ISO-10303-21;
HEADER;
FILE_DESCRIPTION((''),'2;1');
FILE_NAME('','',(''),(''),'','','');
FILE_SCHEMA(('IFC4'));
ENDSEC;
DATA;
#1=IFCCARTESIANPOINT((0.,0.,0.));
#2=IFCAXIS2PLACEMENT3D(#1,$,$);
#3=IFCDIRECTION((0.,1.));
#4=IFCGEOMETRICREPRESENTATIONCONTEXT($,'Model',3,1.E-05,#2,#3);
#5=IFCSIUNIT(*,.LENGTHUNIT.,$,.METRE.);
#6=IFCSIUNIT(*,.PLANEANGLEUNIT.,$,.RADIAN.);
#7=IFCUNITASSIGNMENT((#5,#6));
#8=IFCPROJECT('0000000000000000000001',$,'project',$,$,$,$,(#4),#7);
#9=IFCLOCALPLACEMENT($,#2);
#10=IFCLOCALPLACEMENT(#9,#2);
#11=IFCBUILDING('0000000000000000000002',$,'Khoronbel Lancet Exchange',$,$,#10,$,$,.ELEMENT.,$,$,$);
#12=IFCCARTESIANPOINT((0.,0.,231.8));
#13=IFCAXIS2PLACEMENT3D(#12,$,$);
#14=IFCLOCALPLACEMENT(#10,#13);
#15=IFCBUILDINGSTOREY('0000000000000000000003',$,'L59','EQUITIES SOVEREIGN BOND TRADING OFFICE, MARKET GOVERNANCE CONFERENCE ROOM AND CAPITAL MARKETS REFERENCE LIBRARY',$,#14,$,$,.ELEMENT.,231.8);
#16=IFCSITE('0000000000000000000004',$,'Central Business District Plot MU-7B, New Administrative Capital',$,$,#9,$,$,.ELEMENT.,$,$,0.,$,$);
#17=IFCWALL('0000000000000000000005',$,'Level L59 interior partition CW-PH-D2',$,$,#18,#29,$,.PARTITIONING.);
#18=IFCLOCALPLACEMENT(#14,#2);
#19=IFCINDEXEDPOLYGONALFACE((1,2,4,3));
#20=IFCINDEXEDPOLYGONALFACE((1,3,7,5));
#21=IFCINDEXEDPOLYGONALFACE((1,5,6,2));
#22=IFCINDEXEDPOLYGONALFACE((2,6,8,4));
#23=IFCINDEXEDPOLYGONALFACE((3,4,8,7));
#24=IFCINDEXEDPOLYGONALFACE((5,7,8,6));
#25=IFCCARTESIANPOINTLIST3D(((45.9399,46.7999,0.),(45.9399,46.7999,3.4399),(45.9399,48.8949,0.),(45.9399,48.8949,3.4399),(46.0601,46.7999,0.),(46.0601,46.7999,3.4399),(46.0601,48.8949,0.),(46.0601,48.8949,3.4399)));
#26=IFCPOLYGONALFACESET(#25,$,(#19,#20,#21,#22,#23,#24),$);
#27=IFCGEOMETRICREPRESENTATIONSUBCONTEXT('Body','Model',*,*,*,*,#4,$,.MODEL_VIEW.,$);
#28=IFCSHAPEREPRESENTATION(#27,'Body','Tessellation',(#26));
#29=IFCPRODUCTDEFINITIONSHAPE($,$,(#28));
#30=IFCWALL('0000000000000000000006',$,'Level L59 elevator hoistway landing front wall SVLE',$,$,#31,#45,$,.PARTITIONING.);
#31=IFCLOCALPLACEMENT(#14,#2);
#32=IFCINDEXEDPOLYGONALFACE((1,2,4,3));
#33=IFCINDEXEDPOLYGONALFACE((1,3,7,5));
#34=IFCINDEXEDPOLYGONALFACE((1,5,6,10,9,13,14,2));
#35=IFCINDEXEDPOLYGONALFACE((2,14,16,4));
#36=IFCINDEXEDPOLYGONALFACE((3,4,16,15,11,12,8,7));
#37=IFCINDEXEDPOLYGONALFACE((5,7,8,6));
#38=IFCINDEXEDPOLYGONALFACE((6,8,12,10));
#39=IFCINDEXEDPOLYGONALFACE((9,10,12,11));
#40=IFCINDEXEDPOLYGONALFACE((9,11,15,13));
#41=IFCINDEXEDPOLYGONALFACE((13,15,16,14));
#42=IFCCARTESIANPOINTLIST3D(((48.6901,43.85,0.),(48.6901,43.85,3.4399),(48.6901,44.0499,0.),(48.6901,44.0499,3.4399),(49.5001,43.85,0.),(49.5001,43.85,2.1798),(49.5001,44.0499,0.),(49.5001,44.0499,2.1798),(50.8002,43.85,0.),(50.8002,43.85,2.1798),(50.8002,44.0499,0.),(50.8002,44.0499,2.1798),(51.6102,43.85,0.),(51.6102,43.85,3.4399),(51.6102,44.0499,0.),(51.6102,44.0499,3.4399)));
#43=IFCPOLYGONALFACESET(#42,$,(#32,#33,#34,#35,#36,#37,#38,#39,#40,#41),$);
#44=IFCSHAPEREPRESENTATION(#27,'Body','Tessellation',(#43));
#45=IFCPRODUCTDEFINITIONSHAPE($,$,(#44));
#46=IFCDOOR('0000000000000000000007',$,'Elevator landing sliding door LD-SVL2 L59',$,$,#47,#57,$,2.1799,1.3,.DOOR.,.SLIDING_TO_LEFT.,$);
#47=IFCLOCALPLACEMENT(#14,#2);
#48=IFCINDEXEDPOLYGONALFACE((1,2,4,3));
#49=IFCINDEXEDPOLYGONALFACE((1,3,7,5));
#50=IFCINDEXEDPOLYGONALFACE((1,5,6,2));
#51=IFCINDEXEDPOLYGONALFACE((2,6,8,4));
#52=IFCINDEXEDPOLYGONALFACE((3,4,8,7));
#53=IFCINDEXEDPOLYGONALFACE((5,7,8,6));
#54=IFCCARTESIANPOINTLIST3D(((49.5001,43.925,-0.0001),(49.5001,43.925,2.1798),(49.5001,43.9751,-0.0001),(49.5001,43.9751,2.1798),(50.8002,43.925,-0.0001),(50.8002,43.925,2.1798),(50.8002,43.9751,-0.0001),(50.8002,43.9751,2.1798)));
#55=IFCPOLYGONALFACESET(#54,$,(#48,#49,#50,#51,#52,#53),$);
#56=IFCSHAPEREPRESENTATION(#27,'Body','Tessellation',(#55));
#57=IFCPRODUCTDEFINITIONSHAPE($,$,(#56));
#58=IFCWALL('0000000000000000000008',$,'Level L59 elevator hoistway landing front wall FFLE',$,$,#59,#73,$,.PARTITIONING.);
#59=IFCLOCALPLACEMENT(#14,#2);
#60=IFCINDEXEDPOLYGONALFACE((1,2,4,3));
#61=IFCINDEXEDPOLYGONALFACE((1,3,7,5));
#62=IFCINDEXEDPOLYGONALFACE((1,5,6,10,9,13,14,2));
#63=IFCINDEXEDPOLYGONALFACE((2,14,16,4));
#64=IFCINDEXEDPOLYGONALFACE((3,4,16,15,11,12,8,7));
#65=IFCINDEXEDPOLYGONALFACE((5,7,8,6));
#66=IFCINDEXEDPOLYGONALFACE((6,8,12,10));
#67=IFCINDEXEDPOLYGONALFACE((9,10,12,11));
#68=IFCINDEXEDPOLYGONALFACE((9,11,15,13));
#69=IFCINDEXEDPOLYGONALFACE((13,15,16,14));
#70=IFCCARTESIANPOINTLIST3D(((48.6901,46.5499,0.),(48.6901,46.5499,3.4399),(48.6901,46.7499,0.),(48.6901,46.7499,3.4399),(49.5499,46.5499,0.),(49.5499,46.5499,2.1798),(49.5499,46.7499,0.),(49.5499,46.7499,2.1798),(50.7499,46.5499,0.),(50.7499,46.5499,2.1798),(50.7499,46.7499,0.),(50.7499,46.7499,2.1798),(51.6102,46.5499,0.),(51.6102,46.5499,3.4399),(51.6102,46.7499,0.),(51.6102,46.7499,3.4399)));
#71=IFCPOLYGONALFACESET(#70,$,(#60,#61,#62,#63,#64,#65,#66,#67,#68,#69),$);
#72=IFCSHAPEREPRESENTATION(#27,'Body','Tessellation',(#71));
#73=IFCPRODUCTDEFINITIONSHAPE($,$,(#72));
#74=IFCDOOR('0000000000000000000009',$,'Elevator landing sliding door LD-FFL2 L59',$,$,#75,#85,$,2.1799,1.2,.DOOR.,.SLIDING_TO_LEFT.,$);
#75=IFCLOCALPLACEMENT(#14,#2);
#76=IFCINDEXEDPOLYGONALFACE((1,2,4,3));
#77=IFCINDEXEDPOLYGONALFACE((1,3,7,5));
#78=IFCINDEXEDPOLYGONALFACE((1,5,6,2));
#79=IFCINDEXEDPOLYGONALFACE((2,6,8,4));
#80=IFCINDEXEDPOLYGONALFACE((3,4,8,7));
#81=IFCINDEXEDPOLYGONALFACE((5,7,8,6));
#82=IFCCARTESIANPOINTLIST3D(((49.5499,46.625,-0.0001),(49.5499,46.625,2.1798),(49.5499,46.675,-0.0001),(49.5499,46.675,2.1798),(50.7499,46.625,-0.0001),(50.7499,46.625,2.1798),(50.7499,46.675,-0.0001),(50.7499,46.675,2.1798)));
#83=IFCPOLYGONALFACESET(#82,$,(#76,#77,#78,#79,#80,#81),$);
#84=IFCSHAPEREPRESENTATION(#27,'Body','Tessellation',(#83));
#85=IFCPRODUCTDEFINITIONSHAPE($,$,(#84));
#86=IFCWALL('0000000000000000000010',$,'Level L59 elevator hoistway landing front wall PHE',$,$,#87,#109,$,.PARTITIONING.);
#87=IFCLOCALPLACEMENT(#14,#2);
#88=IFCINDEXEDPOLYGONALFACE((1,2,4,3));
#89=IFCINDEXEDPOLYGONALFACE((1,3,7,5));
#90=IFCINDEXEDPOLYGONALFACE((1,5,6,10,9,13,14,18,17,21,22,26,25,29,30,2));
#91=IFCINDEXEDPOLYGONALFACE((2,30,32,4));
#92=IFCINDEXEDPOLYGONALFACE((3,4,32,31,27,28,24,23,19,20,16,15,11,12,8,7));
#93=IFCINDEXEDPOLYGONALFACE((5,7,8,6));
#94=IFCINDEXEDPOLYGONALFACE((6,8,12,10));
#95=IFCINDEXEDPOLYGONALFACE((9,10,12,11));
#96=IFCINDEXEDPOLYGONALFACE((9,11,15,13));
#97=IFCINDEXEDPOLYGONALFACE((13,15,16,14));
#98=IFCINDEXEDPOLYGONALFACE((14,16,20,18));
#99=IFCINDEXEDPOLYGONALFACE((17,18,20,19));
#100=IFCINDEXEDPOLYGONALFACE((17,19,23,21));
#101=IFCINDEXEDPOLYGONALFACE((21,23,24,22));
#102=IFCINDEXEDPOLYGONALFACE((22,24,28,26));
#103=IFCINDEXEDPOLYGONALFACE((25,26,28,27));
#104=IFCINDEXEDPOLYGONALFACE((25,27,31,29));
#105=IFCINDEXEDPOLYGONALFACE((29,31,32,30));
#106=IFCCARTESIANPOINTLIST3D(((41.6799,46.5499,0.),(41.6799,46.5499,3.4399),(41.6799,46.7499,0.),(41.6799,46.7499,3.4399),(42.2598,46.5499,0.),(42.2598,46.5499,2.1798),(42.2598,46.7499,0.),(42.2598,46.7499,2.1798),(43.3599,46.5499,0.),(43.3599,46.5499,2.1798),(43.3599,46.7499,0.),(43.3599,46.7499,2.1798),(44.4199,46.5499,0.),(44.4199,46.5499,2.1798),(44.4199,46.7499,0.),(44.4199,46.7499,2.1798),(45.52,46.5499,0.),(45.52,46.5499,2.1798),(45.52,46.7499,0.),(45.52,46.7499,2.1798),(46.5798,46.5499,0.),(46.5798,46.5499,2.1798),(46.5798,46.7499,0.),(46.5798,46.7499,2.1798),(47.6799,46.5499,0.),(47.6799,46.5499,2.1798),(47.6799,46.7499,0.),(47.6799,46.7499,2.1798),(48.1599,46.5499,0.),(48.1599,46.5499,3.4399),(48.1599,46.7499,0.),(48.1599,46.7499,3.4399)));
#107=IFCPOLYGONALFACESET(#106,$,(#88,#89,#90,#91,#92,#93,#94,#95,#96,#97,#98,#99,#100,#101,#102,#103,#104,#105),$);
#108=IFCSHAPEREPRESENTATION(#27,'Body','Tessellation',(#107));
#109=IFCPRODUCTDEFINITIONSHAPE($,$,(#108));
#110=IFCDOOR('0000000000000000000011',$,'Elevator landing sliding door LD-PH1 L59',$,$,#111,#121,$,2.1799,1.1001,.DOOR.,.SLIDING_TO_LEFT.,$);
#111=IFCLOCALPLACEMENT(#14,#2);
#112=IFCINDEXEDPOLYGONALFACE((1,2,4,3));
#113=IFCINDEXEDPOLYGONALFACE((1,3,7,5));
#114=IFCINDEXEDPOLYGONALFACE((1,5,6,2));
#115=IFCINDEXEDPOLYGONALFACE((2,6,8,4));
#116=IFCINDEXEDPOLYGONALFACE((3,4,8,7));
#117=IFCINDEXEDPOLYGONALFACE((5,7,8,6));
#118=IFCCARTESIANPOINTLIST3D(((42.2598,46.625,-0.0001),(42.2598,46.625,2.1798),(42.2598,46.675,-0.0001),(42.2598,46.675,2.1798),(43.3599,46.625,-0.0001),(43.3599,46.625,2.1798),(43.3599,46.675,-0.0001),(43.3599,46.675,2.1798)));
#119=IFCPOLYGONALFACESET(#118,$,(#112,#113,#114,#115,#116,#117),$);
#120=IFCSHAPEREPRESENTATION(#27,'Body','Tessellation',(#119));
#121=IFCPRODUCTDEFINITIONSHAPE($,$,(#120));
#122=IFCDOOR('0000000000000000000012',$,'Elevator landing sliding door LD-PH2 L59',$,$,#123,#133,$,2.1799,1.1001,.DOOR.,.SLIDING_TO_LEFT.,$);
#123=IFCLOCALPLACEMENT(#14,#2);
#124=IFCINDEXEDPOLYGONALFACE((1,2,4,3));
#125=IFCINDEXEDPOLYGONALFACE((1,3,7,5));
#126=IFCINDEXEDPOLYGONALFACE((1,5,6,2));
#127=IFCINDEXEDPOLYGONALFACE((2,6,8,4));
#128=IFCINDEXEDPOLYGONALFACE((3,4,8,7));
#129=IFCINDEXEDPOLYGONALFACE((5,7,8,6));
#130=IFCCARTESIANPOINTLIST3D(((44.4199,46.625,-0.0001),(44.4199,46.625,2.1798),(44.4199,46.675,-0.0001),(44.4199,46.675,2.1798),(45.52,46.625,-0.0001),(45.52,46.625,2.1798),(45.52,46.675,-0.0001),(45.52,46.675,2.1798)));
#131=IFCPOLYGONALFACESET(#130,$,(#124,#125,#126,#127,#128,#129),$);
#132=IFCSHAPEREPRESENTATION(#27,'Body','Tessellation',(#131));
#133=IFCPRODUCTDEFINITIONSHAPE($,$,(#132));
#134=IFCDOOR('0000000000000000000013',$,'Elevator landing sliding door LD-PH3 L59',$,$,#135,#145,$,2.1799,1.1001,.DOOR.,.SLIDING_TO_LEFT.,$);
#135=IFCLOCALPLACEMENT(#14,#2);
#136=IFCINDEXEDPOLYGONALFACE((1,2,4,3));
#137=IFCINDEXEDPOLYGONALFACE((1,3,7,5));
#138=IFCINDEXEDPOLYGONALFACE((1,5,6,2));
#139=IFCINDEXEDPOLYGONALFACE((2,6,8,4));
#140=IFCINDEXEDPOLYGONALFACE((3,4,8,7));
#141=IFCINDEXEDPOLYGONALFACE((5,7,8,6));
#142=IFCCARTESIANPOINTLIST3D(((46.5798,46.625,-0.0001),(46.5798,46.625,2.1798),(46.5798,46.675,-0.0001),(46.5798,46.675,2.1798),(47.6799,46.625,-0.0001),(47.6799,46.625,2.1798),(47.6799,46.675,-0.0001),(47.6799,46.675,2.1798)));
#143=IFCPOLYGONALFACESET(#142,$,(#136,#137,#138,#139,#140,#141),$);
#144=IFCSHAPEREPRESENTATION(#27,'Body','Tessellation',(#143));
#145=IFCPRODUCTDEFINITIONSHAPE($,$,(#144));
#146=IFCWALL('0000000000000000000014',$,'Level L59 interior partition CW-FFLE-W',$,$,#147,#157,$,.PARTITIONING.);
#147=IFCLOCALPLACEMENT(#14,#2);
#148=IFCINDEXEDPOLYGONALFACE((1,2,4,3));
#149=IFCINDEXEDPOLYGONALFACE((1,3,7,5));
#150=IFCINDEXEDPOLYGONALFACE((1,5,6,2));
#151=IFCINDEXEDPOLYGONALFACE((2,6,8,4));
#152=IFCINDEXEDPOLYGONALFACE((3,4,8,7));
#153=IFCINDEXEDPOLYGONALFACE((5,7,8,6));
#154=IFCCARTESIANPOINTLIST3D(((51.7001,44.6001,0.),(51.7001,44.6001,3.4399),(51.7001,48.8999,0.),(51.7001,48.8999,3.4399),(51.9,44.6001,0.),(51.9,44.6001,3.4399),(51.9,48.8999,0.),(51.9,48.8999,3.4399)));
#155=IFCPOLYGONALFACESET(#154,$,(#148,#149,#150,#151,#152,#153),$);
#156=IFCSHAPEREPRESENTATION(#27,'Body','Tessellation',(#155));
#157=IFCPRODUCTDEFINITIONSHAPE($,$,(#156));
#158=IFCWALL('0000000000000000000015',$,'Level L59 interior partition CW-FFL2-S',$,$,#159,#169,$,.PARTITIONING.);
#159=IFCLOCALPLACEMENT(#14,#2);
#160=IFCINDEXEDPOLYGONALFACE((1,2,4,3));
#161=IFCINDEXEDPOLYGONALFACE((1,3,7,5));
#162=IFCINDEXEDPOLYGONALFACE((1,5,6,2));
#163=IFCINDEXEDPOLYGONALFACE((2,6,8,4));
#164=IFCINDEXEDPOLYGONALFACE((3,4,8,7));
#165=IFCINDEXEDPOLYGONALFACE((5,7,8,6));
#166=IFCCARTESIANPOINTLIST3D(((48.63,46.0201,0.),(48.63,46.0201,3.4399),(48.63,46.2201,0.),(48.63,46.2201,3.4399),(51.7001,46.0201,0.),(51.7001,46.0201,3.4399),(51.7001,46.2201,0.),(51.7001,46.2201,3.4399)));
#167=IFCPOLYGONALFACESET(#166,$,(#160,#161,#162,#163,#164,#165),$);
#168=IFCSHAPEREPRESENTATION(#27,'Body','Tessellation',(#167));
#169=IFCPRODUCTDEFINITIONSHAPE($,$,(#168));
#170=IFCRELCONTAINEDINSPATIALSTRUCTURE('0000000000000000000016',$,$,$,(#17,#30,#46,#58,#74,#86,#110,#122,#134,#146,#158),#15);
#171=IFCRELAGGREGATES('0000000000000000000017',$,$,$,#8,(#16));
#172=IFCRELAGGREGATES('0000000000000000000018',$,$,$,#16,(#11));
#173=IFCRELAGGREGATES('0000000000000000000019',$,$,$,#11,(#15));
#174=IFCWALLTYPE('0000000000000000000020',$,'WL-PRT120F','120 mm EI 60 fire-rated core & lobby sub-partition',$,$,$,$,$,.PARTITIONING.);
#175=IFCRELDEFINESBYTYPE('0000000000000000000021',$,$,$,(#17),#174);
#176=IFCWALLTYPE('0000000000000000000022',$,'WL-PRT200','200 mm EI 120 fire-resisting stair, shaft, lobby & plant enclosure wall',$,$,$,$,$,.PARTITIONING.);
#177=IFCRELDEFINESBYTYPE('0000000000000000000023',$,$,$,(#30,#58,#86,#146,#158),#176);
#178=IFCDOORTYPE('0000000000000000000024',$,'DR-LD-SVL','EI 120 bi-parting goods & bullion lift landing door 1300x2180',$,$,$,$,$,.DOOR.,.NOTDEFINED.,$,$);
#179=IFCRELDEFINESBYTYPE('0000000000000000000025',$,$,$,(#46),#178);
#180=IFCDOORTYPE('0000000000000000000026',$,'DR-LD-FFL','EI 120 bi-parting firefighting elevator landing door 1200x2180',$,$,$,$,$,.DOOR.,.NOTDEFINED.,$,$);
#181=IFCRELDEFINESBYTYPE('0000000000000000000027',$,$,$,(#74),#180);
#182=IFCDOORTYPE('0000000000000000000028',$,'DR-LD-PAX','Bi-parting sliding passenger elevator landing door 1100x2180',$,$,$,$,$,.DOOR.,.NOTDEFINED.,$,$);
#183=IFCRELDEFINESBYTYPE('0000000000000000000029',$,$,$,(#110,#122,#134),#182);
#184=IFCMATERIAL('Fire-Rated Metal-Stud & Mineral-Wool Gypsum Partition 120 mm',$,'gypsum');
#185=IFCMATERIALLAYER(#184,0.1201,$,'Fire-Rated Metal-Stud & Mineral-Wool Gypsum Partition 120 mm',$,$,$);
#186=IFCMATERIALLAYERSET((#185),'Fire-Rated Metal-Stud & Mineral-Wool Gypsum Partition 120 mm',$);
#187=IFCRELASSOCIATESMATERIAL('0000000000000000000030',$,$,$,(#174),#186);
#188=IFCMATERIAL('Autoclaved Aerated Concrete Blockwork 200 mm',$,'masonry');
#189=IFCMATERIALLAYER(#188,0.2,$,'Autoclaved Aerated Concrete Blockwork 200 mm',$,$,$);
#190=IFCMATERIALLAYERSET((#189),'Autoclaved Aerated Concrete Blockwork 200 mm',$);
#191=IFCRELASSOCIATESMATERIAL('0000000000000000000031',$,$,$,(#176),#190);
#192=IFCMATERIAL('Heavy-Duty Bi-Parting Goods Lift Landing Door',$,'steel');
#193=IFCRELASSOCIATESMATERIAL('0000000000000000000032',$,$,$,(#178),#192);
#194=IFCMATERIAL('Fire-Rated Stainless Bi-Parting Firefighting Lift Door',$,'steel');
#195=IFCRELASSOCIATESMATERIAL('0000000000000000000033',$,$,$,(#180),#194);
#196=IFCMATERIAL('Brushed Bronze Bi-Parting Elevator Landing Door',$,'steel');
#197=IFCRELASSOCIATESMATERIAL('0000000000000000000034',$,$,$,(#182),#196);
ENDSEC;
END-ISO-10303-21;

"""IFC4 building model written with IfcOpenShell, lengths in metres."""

from ifc_helpers import new_model, si_unit, direction, frame, frame_2d, origin, place, context, subcontext, project, spatial, rectangle, extrude, material, layer, layer_set, type_object, element, fill, save


model = new_model("IFC4")

# Units and contexts
model_context = context("Model", 3, precision=1e-05, world=origin(), true_north=direction((0.0, 1.0)))
body_context = subcontext(model_context, "Body", "Model", "MODEL_VIEW")
ifc_project = project(units=[si_unit("LENGTHUNIT", "METRE"), si_unit("PLANEANGLEUNIT", "RADIAN")], contexts=[model_context])

# Site, building, storey
site_placement = place(None, origin())
site = spatial("IfcSite", under=ifc_project, at=site_placement, Name="Central Business District Plot MU-7B, New Administrative Capital", CompositionType="ELEMENT", RefElevation=0.0)
building_placement = place(site_placement, origin())
building = spatial("IfcBuilding", under=site, at=building_placement, Name="Khoronbel Lancet Exchange", CompositionType="ELEMENT")
storey_placement = place(building_placement, frame((0.0, 0.0, 231.8)))
storey = spatial("IfcBuildingStorey", under=building, at=storey_placement, Name="L59", Description="EQUITIES SOVEREIGN BOND TRADING OFFICE, MARKET GOVERNANCE CONFERENCE ROOM AND CAPITAL MARKETS REFERENCE LIBRARY", CompositionType="ELEMENT", Elevation=231.8)

# Wall
ifc_material_1 = material(Name="Fire-Rated Metal-Stud & Mineral-Wool Gypsum Partition 120 mm", Category="gypsum")
ifc_layer_1 = layer(ifc_material_1, 0.1201, Name="Fire-Rated Metal-Stud & Mineral-Wool Gypsum Partition 120 mm")
ifc_layer_set_1 = layer_set([ifc_layer_1], Name="Fire-Rated Metal-Stud & Mineral-Wool Gypsum Partition 120 mm")
wall_type_1 = type_object("IfcWallType", Name="WL-PRT120F", Description="120 mm EI 60 fire-rated core & lobby sub-partition", PredefinedType="PARTITIONING", material=ifc_layer_set_1)
wall_1_placement = place(storey_placement, frame((46.0, 46.8, 0.0), z_axis=(0.0, 0.0, 1.0), x_axis=(0.0, 1.0, 0.0)))
element("IfcWall", 1, at=wall_1_placement, inside=storey, type_object=wall_type_1, Name="Level L59 interior partition CW-PH-D2", PredefinedType="PARTITIONING", context=body_context, shape_type="SweptSolid", body=[
    extrude(rectangle(XDim=2.095, YDim=0.1201, at=frame_2d((1.0474, 0.0))), origin(), (0.0, 0.0, 1.0), 3.4399),
])

# Walls, openings, doors
ifc_material_2 = material(Name="Autoclaved Aerated Concrete Blockwork 200 mm", Category="masonry")
ifc_layer_2 = layer(ifc_material_2, 0.2, Name="Autoclaved Aerated Concrete Blockwork 200 mm")
ifc_layer_set_2 = layer_set([ifc_layer_2], Name="Autoclaved Aerated Concrete Blockwork 200 mm")
wall_type_2 = type_object("IfcWallType", Name="WL-PRT200", Description="200 mm EI 120 fire-resisting stair, shaft, lobby & plant enclosure wall", PredefinedType="PARTITIONING", material=ifc_layer_set_2)
wall_2_placement = place(storey_placement, frame((51.6101, 43.95, 0.0), z_axis=(0.0, 0.0, 1.0), x_axis=(-1.0, 0.0, 0.0)))
wall_2 = element("IfcWall", 2, at=wall_2_placement, inside=storey, type_object=wall_type_2, Name="Level L59 elevator hoistway landing front wall SVLE", PredefinedType="PARTITIONING", context=body_context, shape_type="SweptSolid", body=[
    extrude(rectangle(XDim=2.9202, YDim=0.2, at=frame_2d((1.46, 0.0))), origin(), (0.0, 0.0, 1.0), 3.4399),
])
opening_1_placement = place(wall_2_placement, frame((0.8101, 0.0, 0.0)))
opening_1 = element("IfcOpeningElement", 3, at=opening_1_placement, cuts=wall_2, PredefinedType="OPENING", context=body_context, shape_type="SweptSolid", body=[
    extrude(rectangle(XDim=1.3, YDim=2.1799, at=frame_2d((0.6499, 1.0898))), frame((0.0, 0.1099, 0.0), z_axis=(0.0, -1.0, 0.0), x_axis=(1.0, 0.0, 0.0)), (0.0, 0.0, 1.0), 0.22),
])
ifc_material_3 = material(Name="Heavy-Duty Bi-Parting Goods Lift Landing Door", Category="steel")
door_type_1 = type_object("IfcDoorType", Name="DR-LD-SVL", Description="EI 120 bi-parting goods & bullion lift landing door 1300x2180", OperationType="NOTDEFINED", PredefinedType="DOOR", material=ifc_material_3)
door_1_placement = place(opening_1_placement, origin())
door_1 = element("IfcDoor", 4, at=door_1_placement, inside=storey, type_object=door_type_1, Name="Elevator landing sliding door LD-SVL2 L59", OperationType="SLIDING_TO_LEFT", OverallHeight=2.1799, OverallWidth=1.3, PredefinedType="DOOR", context=body_context, shape_type="SweptSolid", body=[
    extrude(rectangle(XDim=1.3, YDim=2.1799, at=frame_2d((0.6499, 1.0898))), frame((0.0, 0.0249, 0.0), z_axis=(0.0, -1.0, 0.0), x_axis=(1.0, 0.0, 0.0)), (0.0, 0.0, 1.0), 0.05),
])
fill(opening_1, door_1)
wall_3_placement = place(storey_placement, frame((51.6101, 46.6499, 0.0), z_axis=(0.0, 0.0, 1.0), x_axis=(-1.0, 0.0, 0.0)))
wall_3 = element("IfcWall", 5, at=wall_3_placement, inside=storey, type_object=wall_type_2, Name="Level L59 elevator hoistway landing front wall FFLE", PredefinedType="PARTITIONING", context=body_context, shape_type="SweptSolid", body=[
    extrude(rectangle(XDim=2.9202, YDim=0.2, at=frame_2d((1.46, 0.0))), origin(), (0.0, 0.0, 1.0), 3.4399),
])
opening_2_placement = place(wall_3_placement, frame((0.8601, 0.0, 0.0)))
opening_2 = element("IfcOpeningElement", 6, at=opening_2_placement, cuts=wall_3, PredefinedType="OPENING", context=body_context, shape_type="SweptSolid", body=[
    extrude(rectangle(XDim=1.2, YDim=2.1799, at=frame_2d((0.6001, 1.0898))), frame((0.0, 0.1099, 0.0), z_axis=(0.0, -1.0, 0.0), x_axis=(1.0, 0.0, 0.0)), (0.0, 0.0, 1.0), 0.22),
])
ifc_material_4 = material(Name="Fire-Rated Stainless Bi-Parting Firefighting Lift Door", Category="steel")
door_type_2 = type_object("IfcDoorType", Name="DR-LD-FFL", Description="EI 120 bi-parting firefighting elevator landing door 1200x2180", OperationType="NOTDEFINED", PredefinedType="DOOR", material=ifc_material_4)
door_2_placement = place(opening_2_placement, origin())
door_2 = element("IfcDoor", 7, at=door_2_placement, inside=storey, type_object=door_type_2, Name="Elevator landing sliding door LD-FFL2 L59", OperationType="SLIDING_TO_LEFT", OverallHeight=2.1799, OverallWidth=1.2, PredefinedType="DOOR", context=body_context, shape_type="SweptSolid", body=[
    extrude(rectangle(XDim=1.2, YDim=2.1799, at=frame_2d((0.6001, 1.0898))), frame((0.0, 0.0249, 0.0), z_axis=(0.0, -1.0, 0.0), x_axis=(1.0, 0.0, 0.0)), (0.0, 0.0, 1.0), 0.05),
])
fill(opening_2, door_2)

# Wall, openings, doors
wall_4_placement = place(storey_placement, frame((48.1599, 46.6499, 0.0), z_axis=(0.0, 0.0, 1.0), x_axis=(-1.0, 0.0, 0.0)))
wall_4 = element("IfcWall", 8, at=wall_4_placement, inside=storey, type_object=wall_type_2, Name="Level L59 elevator hoistway landing front wall PHE", PredefinedType="PARTITIONING", context=body_context, shape_type="SweptSolid", body=[
    extrude(rectangle(XDim=6.48, YDim=0.2, at=frame_2d((3.24, 0.0))), origin(), (0.0, 0.0, 1.0), 3.4399),
])
opening_3_placement = place(wall_4_placement, frame((4.8, 0.0, 0.0)))
opening_3 = element("IfcOpeningElement", 9, at=opening_3_placement, cuts=wall_4, PredefinedType="OPENING", context=body_context, shape_type="SweptSolid", body=[
    extrude(rectangle(XDim=1.1001, YDim=2.1799, at=frame_2d((0.55, 1.0898))), frame((0.0, 0.1099, 0.0), z_axis=(0.0, -1.0, 0.0), x_axis=(1.0, 0.0, 0.0)), (0.0, 0.0, 1.0), 0.22),
])
opening_4_placement = place(wall_4_placement, frame((2.6399, 0.0, 0.0)))
opening_4 = element("IfcOpeningElement", 10, at=opening_4_placement, cuts=wall_4, PredefinedType="OPENING", context=body_context, shape_type="SweptSolid", body=[
    extrude(rectangle(XDim=1.1001, YDim=2.1799, at=frame_2d((0.55, 1.0898))), frame((0.0, 0.1099, 0.0), z_axis=(0.0, -1.0, 0.0), x_axis=(1.0, 0.0, 0.0)), (0.0, 0.0, 1.0), 0.22),
])
opening_5_placement = place(wall_4_placement, frame((0.48, 0.0, 0.0)))
opening_5 = element("IfcOpeningElement", 11, at=opening_5_placement, cuts=wall_4, PredefinedType="OPENING", context=body_context, shape_type="SweptSolid", body=[
    extrude(rectangle(XDim=1.1001, YDim=2.1799, at=frame_2d((0.55, 1.0898))), frame((0.0, 0.1099, 0.0), z_axis=(0.0, -1.0, 0.0), x_axis=(1.0, 0.0, 0.0)), (0.0, 0.0, 1.0), 0.22),
])
ifc_material_5 = material(Name="Brushed Bronze Bi-Parting Elevator Landing Door", Category="steel")
door_type_3 = type_object("IfcDoorType", Name="DR-LD-PAX", Description="Bi-parting sliding passenger elevator landing door 1100x2180", OperationType="NOTDEFINED", PredefinedType="DOOR", material=ifc_material_5)
door_3_placement = place(opening_3_placement, origin())
door_3 = element("IfcDoor", 12, at=door_3_placement, inside=storey, type_object=door_type_3, Name="Elevator landing sliding door LD-PH1 L59", OperationType="SLIDING_TO_LEFT", OverallHeight=2.1799, OverallWidth=1.1001, PredefinedType="DOOR", context=body_context, shape_type="SweptSolid", body=[
    extrude(rectangle(XDim=1.1001, YDim=2.1799, at=frame_2d((0.55, 1.0898))), frame((0.0, 0.0249, 0.0), z_axis=(0.0, -1.0, 0.0), x_axis=(1.0, 0.0, 0.0)), (0.0, 0.0, 1.0), 0.05),
])
fill(opening_3, door_3)
door_4_placement = place(opening_4_placement, origin())
door_4 = element("IfcDoor", 13, at=door_4_placement, inside=storey, type_object=door_type_3, Name="Elevator landing sliding door LD-PH2 L59", OperationType="SLIDING_TO_LEFT", OverallHeight=2.1799, OverallWidth=1.1001, PredefinedType="DOOR", context=body_context, shape_type="SweptSolid", body=[
    extrude(rectangle(XDim=1.1001, YDim=2.1799, at=frame_2d((0.55, 1.0898))), frame((0.0, 0.0249, 0.0), z_axis=(0.0, -1.0, 0.0), x_axis=(1.0, 0.0, 0.0)), (0.0, 0.0, 1.0), 0.05),
])
fill(opening_4, door_4)
door_5_placement = place(opening_5_placement, origin())
door_5 = element("IfcDoor", 14, at=door_5_placement, inside=storey, type_object=door_type_3, Name="Elevator landing sliding door LD-PH3 L59", OperationType="SLIDING_TO_LEFT", OverallHeight=2.1799, OverallWidth=1.1001, PredefinedType="DOOR", context=body_context, shape_type="SweptSolid", body=[
    extrude(rectangle(XDim=1.1001, YDim=2.1799, at=frame_2d((0.55, 1.0898))), frame((0.0, 0.0249, 0.0), z_axis=(0.0, -1.0, 0.0), x_axis=(1.0, 0.0, 0.0)), (0.0, 0.0, 1.0), 0.05),
])
fill(opening_5, door_5)

# Walls
wall_5_placement = place(storey_placement, frame((51.8, 44.6001, 0.0), z_axis=(0.0, 0.0, 1.0), x_axis=(0.0, 1.0, 0.0)))
element("IfcWall", 15, at=wall_5_placement, inside=storey, type_object=wall_type_2, Name="Level L59 interior partition CW-FFLE-W", PredefinedType="PARTITIONING", context=body_context, shape_type="SweptSolid", body=[
    extrude(rectangle(XDim=4.2998, YDim=0.2, at=frame_2d((2.1499, 0.0))), origin(), (0.0, 0.0, 1.0), 3.4399),
])
wall_6_placement = place(storey_placement, frame((48.6299, 46.1201, 0.0), z_axis=(0.0, 0.0, 1.0), x_axis=(1.0, 0.0, 0.0)))
element("IfcWall", 16, at=wall_6_placement, inside=storey, type_object=wall_type_2, Name="Level L59 interior partition CW-FFL2-S", PredefinedType="PARTITIONING", context=body_context, shape_type="SweptSolid", body=[
    extrude(rectangle(XDim=3.0701, YDim=0.2, at=frame_2d((1.5352, 0.0))), origin(), (0.0, 0.0, 1.0), 3.4399),
])

save(model, "model.ifc")
